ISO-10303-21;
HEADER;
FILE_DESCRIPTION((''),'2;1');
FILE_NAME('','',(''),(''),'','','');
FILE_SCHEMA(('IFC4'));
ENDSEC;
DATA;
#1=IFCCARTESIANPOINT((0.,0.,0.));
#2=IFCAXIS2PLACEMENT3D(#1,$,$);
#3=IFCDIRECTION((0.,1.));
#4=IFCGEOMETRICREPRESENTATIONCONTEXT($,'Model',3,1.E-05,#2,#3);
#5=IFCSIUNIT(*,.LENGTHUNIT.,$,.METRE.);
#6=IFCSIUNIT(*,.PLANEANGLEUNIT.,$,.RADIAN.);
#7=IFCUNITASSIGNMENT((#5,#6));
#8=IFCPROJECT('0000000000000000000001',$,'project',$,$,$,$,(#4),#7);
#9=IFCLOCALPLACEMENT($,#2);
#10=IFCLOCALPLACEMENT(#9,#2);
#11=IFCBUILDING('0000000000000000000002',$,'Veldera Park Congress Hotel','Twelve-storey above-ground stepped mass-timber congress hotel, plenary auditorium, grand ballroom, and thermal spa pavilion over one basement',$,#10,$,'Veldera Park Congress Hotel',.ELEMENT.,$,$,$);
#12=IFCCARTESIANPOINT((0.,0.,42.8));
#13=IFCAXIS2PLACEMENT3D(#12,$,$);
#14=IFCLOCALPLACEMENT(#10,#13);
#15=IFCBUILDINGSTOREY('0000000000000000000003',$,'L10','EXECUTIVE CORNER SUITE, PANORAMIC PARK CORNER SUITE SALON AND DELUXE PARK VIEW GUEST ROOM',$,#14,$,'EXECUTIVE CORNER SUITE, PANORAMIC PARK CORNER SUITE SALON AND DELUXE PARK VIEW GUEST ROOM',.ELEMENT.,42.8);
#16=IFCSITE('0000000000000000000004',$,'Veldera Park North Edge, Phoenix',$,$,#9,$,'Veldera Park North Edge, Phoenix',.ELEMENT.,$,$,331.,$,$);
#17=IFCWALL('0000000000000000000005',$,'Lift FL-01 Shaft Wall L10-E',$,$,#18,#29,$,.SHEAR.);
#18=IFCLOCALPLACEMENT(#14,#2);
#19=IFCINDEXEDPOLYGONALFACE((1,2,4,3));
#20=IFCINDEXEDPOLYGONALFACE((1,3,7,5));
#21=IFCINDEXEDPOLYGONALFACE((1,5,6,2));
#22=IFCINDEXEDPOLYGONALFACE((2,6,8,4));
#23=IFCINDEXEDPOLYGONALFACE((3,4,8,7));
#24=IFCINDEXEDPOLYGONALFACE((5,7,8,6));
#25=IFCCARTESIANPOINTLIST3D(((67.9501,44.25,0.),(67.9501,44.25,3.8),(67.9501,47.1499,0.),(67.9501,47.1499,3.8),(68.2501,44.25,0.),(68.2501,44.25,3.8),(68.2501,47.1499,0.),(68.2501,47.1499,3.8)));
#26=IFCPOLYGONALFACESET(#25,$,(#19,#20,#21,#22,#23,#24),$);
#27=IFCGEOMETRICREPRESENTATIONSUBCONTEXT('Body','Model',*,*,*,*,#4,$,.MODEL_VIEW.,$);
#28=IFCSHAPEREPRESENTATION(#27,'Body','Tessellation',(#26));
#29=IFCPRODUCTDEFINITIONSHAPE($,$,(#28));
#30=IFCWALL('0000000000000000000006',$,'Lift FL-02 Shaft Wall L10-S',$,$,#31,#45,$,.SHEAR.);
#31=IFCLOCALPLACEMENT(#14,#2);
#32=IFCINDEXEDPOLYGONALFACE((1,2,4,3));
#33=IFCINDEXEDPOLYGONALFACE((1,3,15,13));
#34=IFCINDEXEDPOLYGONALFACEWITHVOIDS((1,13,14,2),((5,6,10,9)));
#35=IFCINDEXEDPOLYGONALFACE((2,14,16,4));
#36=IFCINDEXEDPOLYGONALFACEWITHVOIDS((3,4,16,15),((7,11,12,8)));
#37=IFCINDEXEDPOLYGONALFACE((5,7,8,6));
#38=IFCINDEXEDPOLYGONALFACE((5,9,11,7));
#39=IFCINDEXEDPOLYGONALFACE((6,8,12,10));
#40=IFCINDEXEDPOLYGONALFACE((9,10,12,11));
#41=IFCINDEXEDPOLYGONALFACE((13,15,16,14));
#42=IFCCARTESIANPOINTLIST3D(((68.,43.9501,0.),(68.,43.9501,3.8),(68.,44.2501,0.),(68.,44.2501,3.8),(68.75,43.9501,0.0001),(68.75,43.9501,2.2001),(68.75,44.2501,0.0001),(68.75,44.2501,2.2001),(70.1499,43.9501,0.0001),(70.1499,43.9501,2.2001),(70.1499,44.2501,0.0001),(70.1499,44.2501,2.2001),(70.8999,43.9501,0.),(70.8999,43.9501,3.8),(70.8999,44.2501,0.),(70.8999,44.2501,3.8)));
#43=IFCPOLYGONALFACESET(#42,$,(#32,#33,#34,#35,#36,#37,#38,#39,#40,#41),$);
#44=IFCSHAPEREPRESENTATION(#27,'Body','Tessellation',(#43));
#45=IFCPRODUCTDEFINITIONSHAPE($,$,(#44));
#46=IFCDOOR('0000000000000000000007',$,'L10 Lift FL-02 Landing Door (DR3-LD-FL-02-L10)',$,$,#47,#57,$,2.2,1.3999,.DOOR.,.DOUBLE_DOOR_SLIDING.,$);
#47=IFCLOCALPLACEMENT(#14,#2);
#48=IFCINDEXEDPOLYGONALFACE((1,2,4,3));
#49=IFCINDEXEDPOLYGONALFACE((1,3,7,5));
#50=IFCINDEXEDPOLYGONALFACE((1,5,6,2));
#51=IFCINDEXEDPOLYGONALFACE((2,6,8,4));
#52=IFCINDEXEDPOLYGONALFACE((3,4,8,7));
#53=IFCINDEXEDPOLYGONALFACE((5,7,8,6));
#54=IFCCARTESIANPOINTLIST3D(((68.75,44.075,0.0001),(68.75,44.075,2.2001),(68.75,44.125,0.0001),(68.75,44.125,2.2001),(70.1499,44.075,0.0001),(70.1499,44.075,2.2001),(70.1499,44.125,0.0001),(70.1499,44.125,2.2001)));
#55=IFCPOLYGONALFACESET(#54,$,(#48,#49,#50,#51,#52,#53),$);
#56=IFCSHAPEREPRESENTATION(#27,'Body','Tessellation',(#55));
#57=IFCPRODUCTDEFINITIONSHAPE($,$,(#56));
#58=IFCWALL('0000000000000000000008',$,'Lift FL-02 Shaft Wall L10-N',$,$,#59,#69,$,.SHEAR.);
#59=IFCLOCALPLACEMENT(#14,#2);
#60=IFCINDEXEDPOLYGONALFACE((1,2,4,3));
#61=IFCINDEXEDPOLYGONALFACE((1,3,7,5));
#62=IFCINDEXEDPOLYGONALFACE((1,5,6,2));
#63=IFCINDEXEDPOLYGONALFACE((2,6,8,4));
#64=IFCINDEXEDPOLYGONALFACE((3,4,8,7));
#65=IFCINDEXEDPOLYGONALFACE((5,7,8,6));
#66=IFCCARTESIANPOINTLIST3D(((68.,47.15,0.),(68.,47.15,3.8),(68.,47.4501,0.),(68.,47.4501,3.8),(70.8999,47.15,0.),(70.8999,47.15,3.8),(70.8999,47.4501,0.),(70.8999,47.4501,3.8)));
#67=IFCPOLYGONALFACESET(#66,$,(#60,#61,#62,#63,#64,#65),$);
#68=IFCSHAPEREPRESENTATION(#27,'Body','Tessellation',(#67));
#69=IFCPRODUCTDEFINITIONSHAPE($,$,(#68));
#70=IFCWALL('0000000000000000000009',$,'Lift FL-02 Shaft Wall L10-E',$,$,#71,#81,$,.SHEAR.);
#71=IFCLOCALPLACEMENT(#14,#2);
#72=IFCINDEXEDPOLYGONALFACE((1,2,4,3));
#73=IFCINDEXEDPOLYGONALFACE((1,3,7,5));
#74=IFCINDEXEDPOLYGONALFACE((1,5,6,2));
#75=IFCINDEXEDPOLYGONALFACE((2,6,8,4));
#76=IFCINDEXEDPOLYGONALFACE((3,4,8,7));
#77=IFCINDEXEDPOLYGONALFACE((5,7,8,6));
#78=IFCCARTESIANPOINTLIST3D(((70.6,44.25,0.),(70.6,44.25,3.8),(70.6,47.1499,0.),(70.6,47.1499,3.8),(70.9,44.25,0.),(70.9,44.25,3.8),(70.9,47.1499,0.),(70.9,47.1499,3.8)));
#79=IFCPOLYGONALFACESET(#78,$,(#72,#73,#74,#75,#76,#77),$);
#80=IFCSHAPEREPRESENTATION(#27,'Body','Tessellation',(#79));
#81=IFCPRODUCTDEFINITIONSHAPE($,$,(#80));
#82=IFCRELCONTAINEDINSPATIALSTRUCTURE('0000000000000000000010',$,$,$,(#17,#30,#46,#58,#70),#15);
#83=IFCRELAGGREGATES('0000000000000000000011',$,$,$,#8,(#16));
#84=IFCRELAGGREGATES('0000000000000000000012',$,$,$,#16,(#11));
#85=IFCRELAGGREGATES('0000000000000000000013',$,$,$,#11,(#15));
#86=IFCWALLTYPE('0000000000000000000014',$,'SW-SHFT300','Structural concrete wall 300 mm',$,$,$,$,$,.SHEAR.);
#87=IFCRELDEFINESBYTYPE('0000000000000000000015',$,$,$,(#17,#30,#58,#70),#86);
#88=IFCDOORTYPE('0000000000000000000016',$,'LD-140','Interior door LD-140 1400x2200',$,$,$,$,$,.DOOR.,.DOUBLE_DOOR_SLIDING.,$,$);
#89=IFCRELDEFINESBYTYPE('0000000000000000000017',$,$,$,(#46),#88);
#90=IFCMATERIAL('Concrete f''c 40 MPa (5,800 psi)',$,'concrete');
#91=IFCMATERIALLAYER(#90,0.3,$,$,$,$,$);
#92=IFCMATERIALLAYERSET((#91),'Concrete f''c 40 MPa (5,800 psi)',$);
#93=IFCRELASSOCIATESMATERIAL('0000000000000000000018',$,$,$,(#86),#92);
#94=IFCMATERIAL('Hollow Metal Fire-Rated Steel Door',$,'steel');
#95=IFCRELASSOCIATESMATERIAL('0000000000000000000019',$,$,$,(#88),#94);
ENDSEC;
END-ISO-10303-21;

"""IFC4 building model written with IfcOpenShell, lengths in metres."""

from ifc_helpers import new_model, si_unit, direction, frame, frame_2d, origin, place, context, subcontext, project, spatial, rectangle, extrude, material, layer, layer_set, type_object, element, fill, save


model = new_model("IFC4")

# Units and contexts
model_context = context("Model", 3, precision=1e-05, world=origin(), true_north=direction((0.0, 1.0)))
body_context = subcontext(model_context, "Body", "Model", "MODEL_VIEW")
ifc_project = project(units=[si_unit("LENGTHUNIT", "METRE"), si_unit("PLANEANGLEUNIT", "RADIAN")], contexts=[model_context])

# Site, building, storey
site_placement = place(None, origin())
site = spatial("IfcSite", under=ifc_project, at=site_placement, Name="Veldera Park North Edge, Phoenix", LongName="Veldera Park North Edge, Phoenix", CompositionType="ELEMENT", RefElevation=331.0)
building_placement = place(site_placement, origin())
building = spatial("IfcBuilding", under=site, at=building_placement, Name="Veldera Park Congress Hotel", Description="Twelve-storey above-ground stepped mass-timber congress hotel, plenary auditorium, grand ballroom, and thermal spa pavilion over one basement", LongName="Veldera Park Congress Hotel", CompositionType="ELEMENT")
storey_placement = place(building_placement, frame((0.0, 0.0, 42.8)))
storey = spatial("IfcBuildingStorey", under=building, at=storey_placement, Name="L10", Description="EXECUTIVE CORNER SUITE, PANORAMIC PARK CORNER SUITE SALON AND DELUXE PARK VIEW GUEST ROOM", LongName="EXECUTIVE CORNER SUITE, PANORAMIC PARK CORNER SUITE SALON AND DELUXE PARK VIEW GUEST ROOM", CompositionType="ELEMENT", Elevation=42.8)

# Shared definitions
ifc_material_1 = material(Name="Concrete f'c 40 MPa (5,800 psi)", Category="concrete")
ifc_material_2 = material(Name="Hollow Metal Fire-Rated Steel Door", Category="steel")

# Wall
ifc_layer_1 = layer(ifc_material_1, 0.3)
ifc_layer_set_1 = layer_set([ifc_layer_1], Name="Concrete f'c 40 MPa (5,800 psi)")
wall_type_1 = type_object("IfcWallType", Name="SW-SHFT300", Description="Structural concrete wall 300 mm", PredefinedType="SHEAR", material=ifc_layer_set_1)
for number, where, z_axis, x_axis, name in (
    (1, (68.1001, 44.25, 0.0), (0.0, 0.0, 1.0), (0.0, 1.0, 0.0), "Lift FL-01 Shaft Wall L10-E"),
):
    element("IfcWall", number, at=place(storey_placement, frame(where, z_axis=z_axis, x_axis=x_axis)), inside=storey, type_object=wall_type_1, Name=name, PredefinedType="SHEAR", context=body_context, shape_type="SweptSolid", body=[
        extrude(rectangle(XDim=2.8999, YDim=0.3, at=frame_2d((1.45, 0.0))), origin(), (0.0, 0.0, 1.0), 3.8),
    ])

# Wall, opening, door
wall_1_placement = place(storey_placement, frame((68.0, 44.1001, 0.0), z_axis=(0.0, 0.0, 1.0), x_axis=(1.0, 0.0, 0.0)))
wall_1 = element("IfcWall", 2, at=wall_1_placement, inside=storey, type_object=wall_type_1, Name="Lift FL-02 Shaft Wall L10-S", PredefinedType="SHEAR", context=body_context, shape_type="SweptSolid", body=[
    extrude(rectangle(XDim=2.8999, YDim=0.3, at=frame_2d((1.45, 0.0))), origin(), (0.0, 0.0, 1.0), 3.8),
])
opening_1_placement = place(wall_1_placement, frame((0.75, 0.0, 0.0)))
opening_1 = element("IfcOpeningElement", 3, at=opening_1_placement, cuts=wall_1, PredefinedType="OPENING", context=body_context, shape_type="SweptSolid", body=[
    extrude(rectangle(XDim=1.3999, YDim=2.2, at=frame_2d((0.7, 1.1001))), frame((0.0, 0.1621, 0.0), z_axis=(0.0, -1.0, 0.0), x_axis=(1.0, 0.0, 0.0)), (0.0, 0.0, 1.0), 0.324),
])
door_type_1 = type_object("IfcDoorType", Name="LD-140", Description="Interior door LD-140 1400x2200", OperationType="DOUBLE_DOOR_SLIDING", PredefinedType="DOOR", material=ifc_material_2)
door_1_placement = place(opening_1_placement, origin())
door_1 = element("IfcDoor", 4, at=door_1_placement, inside=storey, type_object=door_type_1, Name="L10 Lift FL-02 Landing Door (DR3-LD-FL-02-L10)", OperationType="DOUBLE_DOOR_SLIDING", OverallHeight=2.2, OverallWidth=1.3999, PredefinedType="DOOR", context=body_context, shape_type="SweptSolid", body=[
    extrude(rectangle(XDim=1.3999, YDim=2.2, at=frame_2d((0.7, 1.1001))), frame((0.0, 0.0249, 0.0), z_axis=(0.0, -1.0, 0.0), x_axis=(1.0, 0.0, 0.0)), (0.0, 0.0, 1.0), 0.05),
])
fill(opening_1, door_1)

# Walls
for number, where, z_axis, x_axis, name in (
    (5, (70.8999, 47.3, 0.0), (0.0, 0.0, 1.0), (-1.0, 0.0, 0.0), "Lift FL-02 Shaft Wall L10-N"),
    (6, (70.75, 44.25, 0.0), (0.0, 0.0, 1.0), (0.0, 1.0, 0.0), "Lift FL-02 Shaft Wall L10-E"),
):
    element("IfcWall", number, at=place(storey_placement, frame(where, z_axis=z_axis, x_axis=x_axis)), inside=storey, type_object=wall_type_1, Name=name, PredefinedType="SHEAR", context=body_context, shape_type="SweptSolid", body=[
        extrude(rectangle(XDim=2.8999, YDim=0.3, at=frame_2d((1.45, 0.0))), origin(), (0.0, 0.0, 1.0), 3.8),
    ])

save(model, "model.ifc")
